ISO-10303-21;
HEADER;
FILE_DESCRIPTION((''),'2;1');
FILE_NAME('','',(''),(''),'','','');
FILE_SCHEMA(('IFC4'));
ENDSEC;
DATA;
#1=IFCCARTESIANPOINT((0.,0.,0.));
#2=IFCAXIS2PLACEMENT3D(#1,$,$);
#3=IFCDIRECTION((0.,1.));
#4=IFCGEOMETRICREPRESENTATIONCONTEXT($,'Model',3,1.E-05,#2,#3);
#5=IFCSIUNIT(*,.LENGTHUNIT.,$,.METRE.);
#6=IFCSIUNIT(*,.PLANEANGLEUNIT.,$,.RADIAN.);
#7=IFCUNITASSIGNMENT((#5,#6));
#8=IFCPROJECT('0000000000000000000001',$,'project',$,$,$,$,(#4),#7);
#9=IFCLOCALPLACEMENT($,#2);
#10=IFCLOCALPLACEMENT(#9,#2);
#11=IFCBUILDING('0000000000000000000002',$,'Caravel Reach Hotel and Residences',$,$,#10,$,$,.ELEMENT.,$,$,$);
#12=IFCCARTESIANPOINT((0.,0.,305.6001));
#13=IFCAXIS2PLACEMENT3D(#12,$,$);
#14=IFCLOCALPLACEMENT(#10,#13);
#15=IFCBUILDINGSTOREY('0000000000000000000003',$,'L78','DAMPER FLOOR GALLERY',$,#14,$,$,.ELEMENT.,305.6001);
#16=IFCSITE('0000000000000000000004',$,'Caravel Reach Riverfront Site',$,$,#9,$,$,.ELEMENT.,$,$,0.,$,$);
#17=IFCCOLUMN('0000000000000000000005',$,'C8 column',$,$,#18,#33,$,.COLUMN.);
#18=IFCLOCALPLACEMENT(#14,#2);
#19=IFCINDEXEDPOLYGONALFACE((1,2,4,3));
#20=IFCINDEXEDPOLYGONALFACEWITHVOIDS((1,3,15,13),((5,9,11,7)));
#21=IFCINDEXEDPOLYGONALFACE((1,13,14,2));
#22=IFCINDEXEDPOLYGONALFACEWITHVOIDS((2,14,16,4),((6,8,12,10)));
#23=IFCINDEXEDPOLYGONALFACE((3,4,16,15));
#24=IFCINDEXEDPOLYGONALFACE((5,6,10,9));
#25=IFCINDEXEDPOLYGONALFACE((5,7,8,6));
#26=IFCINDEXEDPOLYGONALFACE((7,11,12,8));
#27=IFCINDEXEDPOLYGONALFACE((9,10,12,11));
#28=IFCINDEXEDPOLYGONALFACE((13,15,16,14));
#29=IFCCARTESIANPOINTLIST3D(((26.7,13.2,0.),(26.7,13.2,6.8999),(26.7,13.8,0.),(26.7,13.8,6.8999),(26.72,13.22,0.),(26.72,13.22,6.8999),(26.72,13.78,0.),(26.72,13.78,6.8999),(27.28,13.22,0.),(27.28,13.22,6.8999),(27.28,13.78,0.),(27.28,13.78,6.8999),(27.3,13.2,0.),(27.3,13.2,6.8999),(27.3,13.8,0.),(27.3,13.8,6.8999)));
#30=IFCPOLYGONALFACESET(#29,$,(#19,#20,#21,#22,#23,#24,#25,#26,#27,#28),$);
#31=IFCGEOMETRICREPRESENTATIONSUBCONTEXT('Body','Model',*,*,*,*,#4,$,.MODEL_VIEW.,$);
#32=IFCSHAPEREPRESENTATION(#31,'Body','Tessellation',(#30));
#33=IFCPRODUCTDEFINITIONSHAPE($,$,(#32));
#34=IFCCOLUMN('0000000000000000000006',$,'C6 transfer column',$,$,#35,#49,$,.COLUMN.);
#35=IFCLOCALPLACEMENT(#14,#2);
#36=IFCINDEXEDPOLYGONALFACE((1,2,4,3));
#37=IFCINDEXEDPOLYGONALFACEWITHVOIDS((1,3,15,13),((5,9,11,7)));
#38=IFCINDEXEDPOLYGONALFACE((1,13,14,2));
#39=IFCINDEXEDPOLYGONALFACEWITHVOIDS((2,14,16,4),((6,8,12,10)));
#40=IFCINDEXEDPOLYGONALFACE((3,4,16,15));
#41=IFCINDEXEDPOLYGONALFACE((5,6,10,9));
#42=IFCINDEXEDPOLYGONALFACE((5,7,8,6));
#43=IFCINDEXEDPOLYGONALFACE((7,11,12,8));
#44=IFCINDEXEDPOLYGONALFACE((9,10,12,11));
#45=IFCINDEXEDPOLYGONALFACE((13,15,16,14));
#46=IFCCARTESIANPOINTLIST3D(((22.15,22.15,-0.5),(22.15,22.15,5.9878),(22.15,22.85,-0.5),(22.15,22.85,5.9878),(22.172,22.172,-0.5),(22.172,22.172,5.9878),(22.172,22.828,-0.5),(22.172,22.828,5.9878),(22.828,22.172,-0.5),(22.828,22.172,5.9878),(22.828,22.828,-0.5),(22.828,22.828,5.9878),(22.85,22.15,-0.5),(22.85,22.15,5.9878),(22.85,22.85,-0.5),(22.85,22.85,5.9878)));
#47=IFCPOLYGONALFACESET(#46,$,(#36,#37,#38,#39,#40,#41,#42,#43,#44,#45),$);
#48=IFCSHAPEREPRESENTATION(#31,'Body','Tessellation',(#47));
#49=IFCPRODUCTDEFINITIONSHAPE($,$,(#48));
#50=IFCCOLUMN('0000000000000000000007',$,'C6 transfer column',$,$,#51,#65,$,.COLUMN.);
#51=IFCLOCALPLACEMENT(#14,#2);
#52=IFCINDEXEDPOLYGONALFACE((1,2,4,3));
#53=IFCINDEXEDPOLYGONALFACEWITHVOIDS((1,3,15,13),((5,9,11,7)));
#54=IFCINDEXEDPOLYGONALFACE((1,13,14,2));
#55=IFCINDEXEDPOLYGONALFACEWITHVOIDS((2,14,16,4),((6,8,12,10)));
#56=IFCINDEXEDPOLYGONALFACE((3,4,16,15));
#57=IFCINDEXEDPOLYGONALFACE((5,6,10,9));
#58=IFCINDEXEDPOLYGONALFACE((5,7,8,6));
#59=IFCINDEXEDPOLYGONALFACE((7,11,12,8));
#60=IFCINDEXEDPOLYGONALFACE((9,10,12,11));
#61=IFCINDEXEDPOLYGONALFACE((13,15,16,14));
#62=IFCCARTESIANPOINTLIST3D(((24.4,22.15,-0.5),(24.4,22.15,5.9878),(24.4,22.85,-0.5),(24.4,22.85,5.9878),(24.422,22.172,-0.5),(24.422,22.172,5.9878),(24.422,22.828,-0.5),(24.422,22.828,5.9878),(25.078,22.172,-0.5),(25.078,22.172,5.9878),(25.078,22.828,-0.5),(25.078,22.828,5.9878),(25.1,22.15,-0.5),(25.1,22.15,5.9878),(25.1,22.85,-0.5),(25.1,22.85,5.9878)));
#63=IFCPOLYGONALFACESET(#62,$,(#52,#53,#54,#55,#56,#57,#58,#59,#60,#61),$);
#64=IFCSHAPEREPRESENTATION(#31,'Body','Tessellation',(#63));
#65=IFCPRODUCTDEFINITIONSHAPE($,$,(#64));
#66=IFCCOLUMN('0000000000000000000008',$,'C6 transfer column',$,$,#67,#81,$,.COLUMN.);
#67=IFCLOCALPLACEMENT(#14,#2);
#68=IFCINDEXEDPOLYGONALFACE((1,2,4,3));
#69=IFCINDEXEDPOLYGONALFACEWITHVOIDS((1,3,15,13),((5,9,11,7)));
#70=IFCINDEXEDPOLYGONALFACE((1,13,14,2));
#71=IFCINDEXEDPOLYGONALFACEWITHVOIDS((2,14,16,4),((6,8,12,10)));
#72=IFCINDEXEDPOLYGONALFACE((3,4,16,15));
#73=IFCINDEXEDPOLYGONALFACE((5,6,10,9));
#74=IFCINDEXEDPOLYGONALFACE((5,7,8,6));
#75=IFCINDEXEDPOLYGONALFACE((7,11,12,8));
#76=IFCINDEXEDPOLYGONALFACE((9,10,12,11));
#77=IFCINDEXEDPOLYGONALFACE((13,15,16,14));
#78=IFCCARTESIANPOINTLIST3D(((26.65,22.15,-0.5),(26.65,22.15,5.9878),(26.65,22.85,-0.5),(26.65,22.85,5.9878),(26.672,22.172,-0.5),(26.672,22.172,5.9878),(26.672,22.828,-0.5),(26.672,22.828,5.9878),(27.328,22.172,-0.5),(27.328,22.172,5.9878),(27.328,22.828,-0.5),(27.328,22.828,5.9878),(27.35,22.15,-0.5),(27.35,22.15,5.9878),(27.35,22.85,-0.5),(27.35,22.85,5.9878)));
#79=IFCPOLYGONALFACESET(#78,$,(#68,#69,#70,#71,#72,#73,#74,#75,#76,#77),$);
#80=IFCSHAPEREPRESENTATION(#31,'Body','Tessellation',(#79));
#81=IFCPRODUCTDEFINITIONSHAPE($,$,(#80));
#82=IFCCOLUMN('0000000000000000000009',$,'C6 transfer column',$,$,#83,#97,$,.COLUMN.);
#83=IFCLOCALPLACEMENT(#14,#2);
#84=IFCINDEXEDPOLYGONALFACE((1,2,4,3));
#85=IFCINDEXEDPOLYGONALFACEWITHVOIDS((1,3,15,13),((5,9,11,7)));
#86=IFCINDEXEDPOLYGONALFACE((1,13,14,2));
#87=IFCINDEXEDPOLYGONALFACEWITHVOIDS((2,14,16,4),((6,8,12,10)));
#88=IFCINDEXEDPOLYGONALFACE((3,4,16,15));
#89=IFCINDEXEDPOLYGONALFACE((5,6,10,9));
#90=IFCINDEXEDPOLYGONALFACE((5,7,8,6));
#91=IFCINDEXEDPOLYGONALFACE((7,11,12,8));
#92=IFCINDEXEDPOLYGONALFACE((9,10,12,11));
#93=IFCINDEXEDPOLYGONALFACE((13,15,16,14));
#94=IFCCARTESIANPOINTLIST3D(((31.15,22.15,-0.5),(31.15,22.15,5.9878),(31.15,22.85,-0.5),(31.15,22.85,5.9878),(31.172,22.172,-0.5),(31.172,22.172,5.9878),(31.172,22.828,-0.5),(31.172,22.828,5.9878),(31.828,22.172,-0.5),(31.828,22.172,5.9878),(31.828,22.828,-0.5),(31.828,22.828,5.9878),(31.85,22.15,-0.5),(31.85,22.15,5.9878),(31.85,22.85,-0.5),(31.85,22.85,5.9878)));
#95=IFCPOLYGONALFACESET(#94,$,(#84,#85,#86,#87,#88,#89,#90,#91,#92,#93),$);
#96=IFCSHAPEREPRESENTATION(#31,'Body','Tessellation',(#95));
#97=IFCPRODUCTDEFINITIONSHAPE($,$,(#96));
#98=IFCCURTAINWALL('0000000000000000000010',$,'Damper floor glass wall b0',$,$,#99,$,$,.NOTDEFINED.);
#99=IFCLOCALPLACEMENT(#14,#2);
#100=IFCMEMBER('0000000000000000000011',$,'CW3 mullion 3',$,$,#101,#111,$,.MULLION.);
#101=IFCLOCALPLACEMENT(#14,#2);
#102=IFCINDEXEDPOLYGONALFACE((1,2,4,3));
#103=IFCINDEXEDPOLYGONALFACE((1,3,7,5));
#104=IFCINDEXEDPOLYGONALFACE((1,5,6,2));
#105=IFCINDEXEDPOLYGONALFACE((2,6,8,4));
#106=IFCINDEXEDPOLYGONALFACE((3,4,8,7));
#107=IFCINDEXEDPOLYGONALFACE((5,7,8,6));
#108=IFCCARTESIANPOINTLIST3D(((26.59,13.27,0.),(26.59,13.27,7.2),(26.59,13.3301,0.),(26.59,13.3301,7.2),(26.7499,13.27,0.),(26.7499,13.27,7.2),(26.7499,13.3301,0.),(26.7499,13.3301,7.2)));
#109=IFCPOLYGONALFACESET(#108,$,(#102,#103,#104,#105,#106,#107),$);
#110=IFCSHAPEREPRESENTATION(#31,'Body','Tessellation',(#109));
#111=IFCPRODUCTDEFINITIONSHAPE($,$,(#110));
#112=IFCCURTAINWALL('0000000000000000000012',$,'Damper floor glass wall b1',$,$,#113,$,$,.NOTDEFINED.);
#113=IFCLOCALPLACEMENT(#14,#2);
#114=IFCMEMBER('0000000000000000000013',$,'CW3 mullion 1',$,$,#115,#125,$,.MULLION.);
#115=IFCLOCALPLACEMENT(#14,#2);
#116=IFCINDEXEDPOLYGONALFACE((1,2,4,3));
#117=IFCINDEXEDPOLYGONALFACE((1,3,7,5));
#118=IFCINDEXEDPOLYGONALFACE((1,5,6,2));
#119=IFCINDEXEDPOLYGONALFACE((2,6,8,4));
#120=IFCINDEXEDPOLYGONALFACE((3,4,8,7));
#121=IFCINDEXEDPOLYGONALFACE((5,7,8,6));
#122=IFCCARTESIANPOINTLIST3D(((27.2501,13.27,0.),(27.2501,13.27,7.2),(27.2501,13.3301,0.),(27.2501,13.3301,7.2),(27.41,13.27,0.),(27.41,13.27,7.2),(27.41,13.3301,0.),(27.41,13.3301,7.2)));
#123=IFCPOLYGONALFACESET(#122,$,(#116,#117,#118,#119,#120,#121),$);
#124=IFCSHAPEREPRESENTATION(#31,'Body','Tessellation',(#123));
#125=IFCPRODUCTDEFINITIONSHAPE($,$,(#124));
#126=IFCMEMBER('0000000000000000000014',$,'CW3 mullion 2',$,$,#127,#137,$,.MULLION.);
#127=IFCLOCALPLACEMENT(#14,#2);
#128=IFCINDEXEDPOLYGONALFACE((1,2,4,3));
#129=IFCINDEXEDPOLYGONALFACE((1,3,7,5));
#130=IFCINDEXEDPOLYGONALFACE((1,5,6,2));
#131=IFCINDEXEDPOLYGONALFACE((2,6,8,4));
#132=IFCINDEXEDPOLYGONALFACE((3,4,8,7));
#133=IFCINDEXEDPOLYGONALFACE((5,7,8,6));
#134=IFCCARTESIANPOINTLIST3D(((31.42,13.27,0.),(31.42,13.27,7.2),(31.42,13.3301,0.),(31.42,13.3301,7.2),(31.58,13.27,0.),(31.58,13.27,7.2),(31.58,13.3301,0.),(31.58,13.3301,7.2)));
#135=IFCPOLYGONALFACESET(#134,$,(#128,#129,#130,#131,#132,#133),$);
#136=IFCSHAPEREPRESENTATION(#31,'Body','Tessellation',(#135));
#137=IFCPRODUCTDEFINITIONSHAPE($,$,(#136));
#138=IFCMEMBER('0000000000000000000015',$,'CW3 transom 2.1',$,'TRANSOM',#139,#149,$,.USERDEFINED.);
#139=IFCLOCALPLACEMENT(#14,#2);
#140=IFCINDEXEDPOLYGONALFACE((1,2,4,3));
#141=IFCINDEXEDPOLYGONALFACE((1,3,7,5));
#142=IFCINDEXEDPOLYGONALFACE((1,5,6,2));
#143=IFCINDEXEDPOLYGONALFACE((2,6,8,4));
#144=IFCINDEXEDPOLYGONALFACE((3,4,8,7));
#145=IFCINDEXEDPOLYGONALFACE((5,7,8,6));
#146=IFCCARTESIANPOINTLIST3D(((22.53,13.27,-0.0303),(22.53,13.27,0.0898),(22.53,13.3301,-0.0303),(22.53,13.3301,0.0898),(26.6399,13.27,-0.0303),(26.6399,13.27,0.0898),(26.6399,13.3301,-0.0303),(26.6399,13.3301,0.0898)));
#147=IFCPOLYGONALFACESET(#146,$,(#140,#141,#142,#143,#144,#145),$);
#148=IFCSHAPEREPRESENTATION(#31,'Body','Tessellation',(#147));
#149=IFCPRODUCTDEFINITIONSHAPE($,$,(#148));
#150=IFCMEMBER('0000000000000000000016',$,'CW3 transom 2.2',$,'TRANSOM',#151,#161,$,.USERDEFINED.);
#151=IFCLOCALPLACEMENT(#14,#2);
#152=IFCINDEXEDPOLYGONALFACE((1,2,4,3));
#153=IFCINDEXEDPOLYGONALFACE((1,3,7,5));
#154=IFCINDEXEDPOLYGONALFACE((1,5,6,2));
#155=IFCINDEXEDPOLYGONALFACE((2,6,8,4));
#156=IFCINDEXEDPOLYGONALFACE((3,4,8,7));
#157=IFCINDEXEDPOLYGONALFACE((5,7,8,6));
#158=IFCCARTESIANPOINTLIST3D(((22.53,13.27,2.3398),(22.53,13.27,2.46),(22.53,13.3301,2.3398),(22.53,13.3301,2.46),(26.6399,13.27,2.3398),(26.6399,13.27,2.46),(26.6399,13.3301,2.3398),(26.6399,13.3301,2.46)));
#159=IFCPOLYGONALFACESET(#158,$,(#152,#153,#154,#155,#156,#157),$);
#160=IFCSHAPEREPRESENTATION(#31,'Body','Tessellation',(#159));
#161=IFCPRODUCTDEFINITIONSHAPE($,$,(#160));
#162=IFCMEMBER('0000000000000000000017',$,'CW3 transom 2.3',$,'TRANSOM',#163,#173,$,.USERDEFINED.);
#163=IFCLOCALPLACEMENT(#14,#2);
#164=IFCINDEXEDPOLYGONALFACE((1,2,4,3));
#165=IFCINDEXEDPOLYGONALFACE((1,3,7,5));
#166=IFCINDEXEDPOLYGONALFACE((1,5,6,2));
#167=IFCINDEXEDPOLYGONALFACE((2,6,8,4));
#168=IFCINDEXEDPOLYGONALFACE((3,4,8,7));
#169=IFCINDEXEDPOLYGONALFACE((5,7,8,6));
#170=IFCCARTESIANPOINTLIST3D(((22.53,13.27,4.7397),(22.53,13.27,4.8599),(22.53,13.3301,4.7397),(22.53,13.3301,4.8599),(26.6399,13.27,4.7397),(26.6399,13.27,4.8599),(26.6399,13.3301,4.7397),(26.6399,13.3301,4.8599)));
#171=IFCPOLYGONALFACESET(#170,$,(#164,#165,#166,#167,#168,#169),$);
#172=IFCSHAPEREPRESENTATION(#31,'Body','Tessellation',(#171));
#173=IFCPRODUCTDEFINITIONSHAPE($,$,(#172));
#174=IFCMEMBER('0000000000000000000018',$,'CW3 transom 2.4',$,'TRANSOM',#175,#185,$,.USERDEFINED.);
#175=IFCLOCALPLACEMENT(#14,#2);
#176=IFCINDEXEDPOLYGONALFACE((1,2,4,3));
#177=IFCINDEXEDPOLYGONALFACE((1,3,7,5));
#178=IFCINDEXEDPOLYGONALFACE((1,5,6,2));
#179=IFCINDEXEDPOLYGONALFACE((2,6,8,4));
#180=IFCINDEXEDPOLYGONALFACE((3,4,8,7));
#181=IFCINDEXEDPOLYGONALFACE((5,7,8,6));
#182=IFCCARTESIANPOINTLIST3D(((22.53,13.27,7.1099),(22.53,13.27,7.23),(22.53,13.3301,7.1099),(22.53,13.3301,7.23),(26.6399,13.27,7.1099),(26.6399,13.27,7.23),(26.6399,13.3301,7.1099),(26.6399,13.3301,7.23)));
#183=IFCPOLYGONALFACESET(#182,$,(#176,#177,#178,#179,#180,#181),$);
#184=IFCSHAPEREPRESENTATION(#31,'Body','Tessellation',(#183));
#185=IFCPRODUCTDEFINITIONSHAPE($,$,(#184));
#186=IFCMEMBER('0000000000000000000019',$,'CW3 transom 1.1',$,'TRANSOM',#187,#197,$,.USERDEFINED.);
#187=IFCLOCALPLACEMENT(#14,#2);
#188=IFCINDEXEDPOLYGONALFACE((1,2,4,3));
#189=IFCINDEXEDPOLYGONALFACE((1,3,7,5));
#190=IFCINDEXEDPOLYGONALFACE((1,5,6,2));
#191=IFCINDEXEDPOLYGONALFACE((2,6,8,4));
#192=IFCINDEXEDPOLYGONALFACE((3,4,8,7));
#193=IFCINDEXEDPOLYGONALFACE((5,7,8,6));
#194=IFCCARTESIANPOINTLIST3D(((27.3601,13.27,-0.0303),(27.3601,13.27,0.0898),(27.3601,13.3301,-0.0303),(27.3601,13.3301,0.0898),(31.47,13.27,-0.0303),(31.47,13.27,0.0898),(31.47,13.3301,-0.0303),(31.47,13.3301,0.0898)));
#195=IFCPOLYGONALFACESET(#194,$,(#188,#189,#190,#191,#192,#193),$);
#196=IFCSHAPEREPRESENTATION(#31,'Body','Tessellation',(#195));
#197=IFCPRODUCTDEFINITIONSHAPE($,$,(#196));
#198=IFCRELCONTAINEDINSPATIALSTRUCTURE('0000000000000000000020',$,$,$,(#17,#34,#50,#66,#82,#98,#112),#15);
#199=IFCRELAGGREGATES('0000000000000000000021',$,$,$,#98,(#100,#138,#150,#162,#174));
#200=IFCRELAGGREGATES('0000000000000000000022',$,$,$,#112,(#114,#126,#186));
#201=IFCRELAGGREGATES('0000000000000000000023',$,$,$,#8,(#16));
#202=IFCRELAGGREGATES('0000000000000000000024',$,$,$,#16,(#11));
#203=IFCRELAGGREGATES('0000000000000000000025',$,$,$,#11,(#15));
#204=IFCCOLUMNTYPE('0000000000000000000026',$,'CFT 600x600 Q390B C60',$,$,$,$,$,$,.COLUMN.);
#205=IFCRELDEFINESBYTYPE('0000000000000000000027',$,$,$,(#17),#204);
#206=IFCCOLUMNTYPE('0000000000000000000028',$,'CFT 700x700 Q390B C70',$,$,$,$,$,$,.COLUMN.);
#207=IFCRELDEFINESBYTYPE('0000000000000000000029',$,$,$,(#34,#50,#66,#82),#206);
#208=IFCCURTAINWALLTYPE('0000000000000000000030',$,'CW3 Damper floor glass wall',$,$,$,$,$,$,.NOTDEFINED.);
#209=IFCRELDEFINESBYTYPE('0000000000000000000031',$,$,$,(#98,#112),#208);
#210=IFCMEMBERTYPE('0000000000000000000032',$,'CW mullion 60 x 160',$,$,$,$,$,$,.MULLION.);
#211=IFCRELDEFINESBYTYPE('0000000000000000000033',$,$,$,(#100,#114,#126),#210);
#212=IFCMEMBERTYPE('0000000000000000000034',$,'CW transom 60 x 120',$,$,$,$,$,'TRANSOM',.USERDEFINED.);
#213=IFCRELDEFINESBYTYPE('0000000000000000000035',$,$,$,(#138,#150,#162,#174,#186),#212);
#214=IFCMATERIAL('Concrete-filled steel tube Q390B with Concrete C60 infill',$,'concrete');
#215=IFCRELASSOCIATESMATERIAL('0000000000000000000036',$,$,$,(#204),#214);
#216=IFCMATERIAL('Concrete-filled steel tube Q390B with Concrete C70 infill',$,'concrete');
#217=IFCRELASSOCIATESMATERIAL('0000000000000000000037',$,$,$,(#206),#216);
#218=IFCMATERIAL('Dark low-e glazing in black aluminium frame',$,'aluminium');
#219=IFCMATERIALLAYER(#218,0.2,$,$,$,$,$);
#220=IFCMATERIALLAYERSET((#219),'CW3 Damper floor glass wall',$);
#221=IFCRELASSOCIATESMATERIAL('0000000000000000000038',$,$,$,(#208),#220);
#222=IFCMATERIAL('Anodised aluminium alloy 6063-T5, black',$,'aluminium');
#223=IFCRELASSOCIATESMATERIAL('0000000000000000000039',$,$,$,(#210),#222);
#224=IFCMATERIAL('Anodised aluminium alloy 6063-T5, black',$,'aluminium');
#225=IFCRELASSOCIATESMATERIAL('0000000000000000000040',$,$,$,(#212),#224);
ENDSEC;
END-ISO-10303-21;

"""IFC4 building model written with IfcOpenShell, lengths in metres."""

from ifc_helpers import new_model, si_unit, direction, frame, origin, origin_2d, place, context, subcontext, project, spatial, rectangle, hollow_rectangle, extrude, material, layer, layer_set, material_profile, profile_set, type_object, element, aggregate, save


model = new_model("IFC4")

# Units and contexts
model_context = context("Model", 3, precision=1e-05, world=origin(), true_north=direction((0.0, 1.0)))
body_context = subcontext(model_context, "Body", "Model", "MODEL_VIEW")
ifc_project = project(units=[si_unit("LENGTHUNIT", "METRE"), si_unit("PLANEANGLEUNIT", "RADIAN")], contexts=[model_context])

# Site, building, storey
site_placement = place(None, origin())
site = spatial("IfcSite", under=ifc_project, at=site_placement, Name="Caravel Reach Riverfront Site", CompositionType="ELEMENT", RefElevation=0.0)
building_placement = place(site_placement, origin())
building = spatial("IfcBuilding", under=site, at=building_placement, Name="Caravel Reach Hotel and Residences", CompositionType="ELEMENT")
storey_placement = place(building_placement, frame((0.0, 0.0, 305.6001)))
storey = spatial("IfcBuildingStorey", under=building, at=storey_placement, Name="L78", Description="DAMPER FLOOR GALLERY", CompositionType="ELEMENT", Elevation=305.6001)

# Columns
ifc_material_1 = material(Name="Concrete-filled steel tube Q390B with Concrete C60 infill", Category="concrete")
ifc_material_profile_1 = material_profile(ifc_material_1, hollow_rectangle(XDim=0.6001, YDim=0.6001, WallThickness=0.02, at=origin_2d()), Name="RHS 600x600x20")
ifc_profile_set_1 = profile_set([ifc_material_profile_1], Name="Concrete-filled steel tube Q390B with Concrete C60 infill")
column_type_1 = type_object("IfcColumnType", Name="CFT 600x600 Q390B C60", PredefinedType="COLUMN", material=ifc_profile_set_1)
column_placement = place(storey_placement, frame((27.0, 13.5, 0.0), z_axis=(0.0, 0.0, 1.0), x_axis=(1.0, 0.0, 0.0)))
element("IfcColumn", 1, at=column_placement, inside=storey, type_object=column_type_1, Name="C8 column", PredefinedType="COLUMN", context=body_context, shape_type="SweptSolid", body=[
    extrude(hollow_rectangle(XDim=0.6001, YDim=0.6001, WallThickness=0.02, at=origin_2d()), origin(), (0.0, 0.0, 1.0), 6.8999),
])
ifc_material_2 = material(Name="Concrete-filled steel tube Q390B with Concrete C70 infill", Category="concrete")
ifc_material_profile_2 = material_profile(ifc_material_2, hollow_rectangle(XDim=0.7, YDim=0.7, WallThickness=0.022, at=origin_2d()), Name="RHS 700x700x22")
ifc_profile_set_2 = profile_set([ifc_material_profile_2], Name="Concrete-filled steel tube Q390B with Concrete C70 infill")
column_type_2 = type_object("IfcColumnType", Name="CFT 700x700 Q390B C70", PredefinedType="COLUMN", material=ifc_profile_set_2)
for number, where, z_axis, x_axis, name in (
    (2, (22.5, 22.5, -0.5), (0.0, 0.0, 1.0), (1.0, 0.0, 0.0), "C6 transfer column"),
    (3, (24.75, 22.5, -0.5), (0.0, 0.0, 1.0), (1.0, 0.0, 0.0), "C6 transfer column"),
    (4, (27.0, 22.5, -0.5), (0.0, 0.0, 1.0), (1.0, 0.0, 0.0), "C6 transfer column"),
    (5, (31.5, 22.5, -0.5), (0.0, 0.0, 1.0), (1.0, 0.0, 0.0), "C6 transfer column"),
):
    element("IfcColumn", number, at=place(storey_placement, frame(where, z_axis=z_axis, x_axis=x_axis)), inside=storey, type_object=column_type_2, Name=name, PredefinedType="COLUMN", context=body_context, shape_type="SweptSolid", body=[
        extrude(hollow_rectangle(XDim=0.7, YDim=0.7, WallThickness=0.022, at=origin_2d()), origin(), (0.0, 0.0, 1.0), 6.4878),
    ])

# Curtain wall, member
ifc_material_3 = material(Name="Dark low-e glazing in black aluminium frame", Category="aluminium")
ifc_layer_1 = layer(ifc_material_3, 0.2)
ifc_layer_set_1 = layer_set([ifc_layer_1], Name="CW3 Damper floor glass wall")
curtain_wall_type = type_object("IfcCurtainWallType", Name="CW3 Damper floor glass wall", PredefinedType="NOTDEFINED", material=ifc_layer_set_1)
curtain_wall_1_placement = place(storey_placement, origin())
curtain_wall_1 = element("IfcCurtainWall", 6, at=curtain_wall_1_placement, inside=storey, type_object=curtain_wall_type, Name="Damper floor glass wall b0", PredefinedType="NOTDEFINED")
ifc_material_4 = material(Name="Anodised aluminium alloy 6063-T5, black", Category="aluminium")
ifc_material_profile_3 = material_profile(ifc_material_4, rectangle(XDim=0.0601, YDim=0.1599, at=origin_2d()), Name="CW mullion 60 x 160")
ifc_profile_set_3 = profile_set([ifc_material_profile_3], Name="Anodised aluminium alloy 6063-T5, black")
member_type_1 = type_object("IfcMemberType", Name="CW mullion 60 x 160", PredefinedType="MULLION", material=ifc_profile_set_3)
member_1_placement = place(storey_placement, frame((26.6699, 13.3, 0.0), z_axis=(0.0, 0.0, 1.0), x_axis=(0.0, 1.0, 0.0)))
member_1 = element("IfcMember", 7, at=member_1_placement, type_object=member_type_1, Name="CW3 mullion 3", PredefinedType="MULLION", context=body_context, shape_type="SweptSolid", body=[
    extrude(rectangle(XDim=0.0601, YDim=0.1599, at=origin_2d()), origin(), (0.0, 0.0, 1.0), 7.2),
])

# Curtain wall, members
curtain_wall_2_placement = place(storey_placement, origin())
curtain_wall_2 = element("IfcCurtainWall", 8, at=curtain_wall_2_placement, inside=storey, type_object=curtain_wall_type, Name="Damper floor glass wall b1", PredefinedType="NOTDEFINED")
member_2_placement = place(storey_placement, frame((27.3301, 13.3, 0.0), z_axis=(0.0, 0.0, 1.0), x_axis=(0.0, 1.0, 0.0)))
member_2 = element("IfcMember", 9, at=member_2_placement, type_object=member_type_1, Name="CW3 mullion 1", PredefinedType="MULLION", context=body_context, shape_type="SweptSolid", body=[
    extrude(rectangle(XDim=0.0601, YDim=0.1599, at=origin_2d()), origin(), (0.0, 0.0, 1.0), 7.2),
])
member_3_placement = place(storey_placement, frame((31.5, 13.3, 0.0), z_axis=(0.0, 0.0, 1.0), x_axis=(0.0, 1.0, 0.0)))
member_3 = element("IfcMember", 10, at=member_3_placement, type_object=member_type_1, Name="CW3 mullion 2", PredefinedType="MULLION", context=body_context, shape_type="SweptSolid", body=[
    extrude(rectangle(XDim=0.0601, YDim=0.1599, at=origin_2d()), origin(), (0.0, 0.0, 1.0), 7.2),
])

# Members
ifc_material_5 = material(Name="Anodised aluminium alloy 6063-T5, black", Category="aluminium")
ifc_material_profile_4 = material_profile(ifc_material_5, rectangle(XDim=0.0601, YDim=0.1201, at=origin_2d()), Name="CW transom 60 x 120")
ifc_profile_set_4 = profile_set([ifc_material_profile_4], Name="Anodised aluminium alloy 6063-T5, black")
member_type_2 = type_object("IfcMemberType", Name="CW transom 60 x 120", ElementType="TRANSOM", PredefinedType="USERDEFINED", material=ifc_profile_set_4)
member_4_placement = place(storey_placement, frame((22.53, 13.3, 0.0298), z_axis=(1.0, 0.0, 0.0), x_axis=(0.0, 1.0, 0.0)))
member_4 = element("IfcMember", 11, at=member_4_placement, type_object=member_type_2, Name="CW3 transom 2.1", ObjectType="TRANSOM", PredefinedType="USERDEFINED", context=body_context, shape_type="SweptSolid", body=[
    extrude(rectangle(XDim=0.0601, YDim=0.1201, at=origin_2d()), origin(), (0.0, 0.0, 1.0), 4.1099),
])
member_5_placement = place(storey_placement, frame((22.53, 13.3, 2.3999), z_axis=(1.0, 0.0, 0.0), x_axis=(0.0, 1.0, 0.0)))
member_5 = element("IfcMember", 12, at=member_5_placement, type_object=member_type_2, Name="CW3 transom 2.2", ObjectType="TRANSOM", PredefinedType="USERDEFINED", context=body_context, shape_type="SweptSolid", body=[
    extrude(rectangle(XDim=0.0601, YDim=0.1201, at=origin_2d()), origin(), (0.0, 0.0, 1.0), 4.1099),
])
member_6_placement = place(storey_placement, frame((22.53, 13.3, 4.7998), z_axis=(1.0, 0.0, 0.0), x_axis=(0.0, 1.0, 0.0)))
member_6 = element("IfcMember", 13, at=member_6_placement, type_object=member_type_2, Name="CW3 transom 2.3", ObjectType="TRANSOM", PredefinedType="USERDEFINED", context=body_context, shape_type="SweptSolid", body=[
    extrude(rectangle(XDim=0.0601, YDim=0.1201, at=origin_2d()), origin(), (0.0, 0.0, 1.0), 4.1099),
])
member_7_placement = place(storey_placement, frame((22.53, 13.3, 7.1699), z_axis=(1.0, 0.0, 0.0), x_axis=(0.0, 1.0, 0.0)))
member_7 = element("IfcMember", 14, at=member_7_placement, type_object=member_type_2, Name="CW3 transom 2.4", ObjectType="TRANSOM", PredefinedType="USERDEFINED", context=body_context, shape_type="SweptSolid", body=[
    extrude(rectangle(XDim=0.0601, YDim=0.1201, at=origin_2d()), origin(), (0.0, 0.0, 1.0), 4.1099),
])
member_8_placement = place(storey_placement, frame((27.3601, 13.3, 0.0298), z_axis=(1.0, 0.0, 0.0), x_axis=(0.0, 1.0, 0.0)))
member_8 = element("IfcMember", 15, at=member_8_placement, type_object=member_type_2, Name="CW3 transom 1.1", ObjectType="TRANSOM", PredefinedType="USERDEFINED", context=body_context, shape_type="SweptSolid", body=[
    extrude(rectangle(XDim=0.0601, YDim=0.1201, at=origin_2d()), origin(), (0.0, 0.0, 1.0), 4.1099),
])

aggregate(curtain_wall_1, [member_1, member_4, member_5, member_6, member_7])
aggregate(curtain_wall_2, [member_2, member_3, member_8])

save(model, "model.ifc")
